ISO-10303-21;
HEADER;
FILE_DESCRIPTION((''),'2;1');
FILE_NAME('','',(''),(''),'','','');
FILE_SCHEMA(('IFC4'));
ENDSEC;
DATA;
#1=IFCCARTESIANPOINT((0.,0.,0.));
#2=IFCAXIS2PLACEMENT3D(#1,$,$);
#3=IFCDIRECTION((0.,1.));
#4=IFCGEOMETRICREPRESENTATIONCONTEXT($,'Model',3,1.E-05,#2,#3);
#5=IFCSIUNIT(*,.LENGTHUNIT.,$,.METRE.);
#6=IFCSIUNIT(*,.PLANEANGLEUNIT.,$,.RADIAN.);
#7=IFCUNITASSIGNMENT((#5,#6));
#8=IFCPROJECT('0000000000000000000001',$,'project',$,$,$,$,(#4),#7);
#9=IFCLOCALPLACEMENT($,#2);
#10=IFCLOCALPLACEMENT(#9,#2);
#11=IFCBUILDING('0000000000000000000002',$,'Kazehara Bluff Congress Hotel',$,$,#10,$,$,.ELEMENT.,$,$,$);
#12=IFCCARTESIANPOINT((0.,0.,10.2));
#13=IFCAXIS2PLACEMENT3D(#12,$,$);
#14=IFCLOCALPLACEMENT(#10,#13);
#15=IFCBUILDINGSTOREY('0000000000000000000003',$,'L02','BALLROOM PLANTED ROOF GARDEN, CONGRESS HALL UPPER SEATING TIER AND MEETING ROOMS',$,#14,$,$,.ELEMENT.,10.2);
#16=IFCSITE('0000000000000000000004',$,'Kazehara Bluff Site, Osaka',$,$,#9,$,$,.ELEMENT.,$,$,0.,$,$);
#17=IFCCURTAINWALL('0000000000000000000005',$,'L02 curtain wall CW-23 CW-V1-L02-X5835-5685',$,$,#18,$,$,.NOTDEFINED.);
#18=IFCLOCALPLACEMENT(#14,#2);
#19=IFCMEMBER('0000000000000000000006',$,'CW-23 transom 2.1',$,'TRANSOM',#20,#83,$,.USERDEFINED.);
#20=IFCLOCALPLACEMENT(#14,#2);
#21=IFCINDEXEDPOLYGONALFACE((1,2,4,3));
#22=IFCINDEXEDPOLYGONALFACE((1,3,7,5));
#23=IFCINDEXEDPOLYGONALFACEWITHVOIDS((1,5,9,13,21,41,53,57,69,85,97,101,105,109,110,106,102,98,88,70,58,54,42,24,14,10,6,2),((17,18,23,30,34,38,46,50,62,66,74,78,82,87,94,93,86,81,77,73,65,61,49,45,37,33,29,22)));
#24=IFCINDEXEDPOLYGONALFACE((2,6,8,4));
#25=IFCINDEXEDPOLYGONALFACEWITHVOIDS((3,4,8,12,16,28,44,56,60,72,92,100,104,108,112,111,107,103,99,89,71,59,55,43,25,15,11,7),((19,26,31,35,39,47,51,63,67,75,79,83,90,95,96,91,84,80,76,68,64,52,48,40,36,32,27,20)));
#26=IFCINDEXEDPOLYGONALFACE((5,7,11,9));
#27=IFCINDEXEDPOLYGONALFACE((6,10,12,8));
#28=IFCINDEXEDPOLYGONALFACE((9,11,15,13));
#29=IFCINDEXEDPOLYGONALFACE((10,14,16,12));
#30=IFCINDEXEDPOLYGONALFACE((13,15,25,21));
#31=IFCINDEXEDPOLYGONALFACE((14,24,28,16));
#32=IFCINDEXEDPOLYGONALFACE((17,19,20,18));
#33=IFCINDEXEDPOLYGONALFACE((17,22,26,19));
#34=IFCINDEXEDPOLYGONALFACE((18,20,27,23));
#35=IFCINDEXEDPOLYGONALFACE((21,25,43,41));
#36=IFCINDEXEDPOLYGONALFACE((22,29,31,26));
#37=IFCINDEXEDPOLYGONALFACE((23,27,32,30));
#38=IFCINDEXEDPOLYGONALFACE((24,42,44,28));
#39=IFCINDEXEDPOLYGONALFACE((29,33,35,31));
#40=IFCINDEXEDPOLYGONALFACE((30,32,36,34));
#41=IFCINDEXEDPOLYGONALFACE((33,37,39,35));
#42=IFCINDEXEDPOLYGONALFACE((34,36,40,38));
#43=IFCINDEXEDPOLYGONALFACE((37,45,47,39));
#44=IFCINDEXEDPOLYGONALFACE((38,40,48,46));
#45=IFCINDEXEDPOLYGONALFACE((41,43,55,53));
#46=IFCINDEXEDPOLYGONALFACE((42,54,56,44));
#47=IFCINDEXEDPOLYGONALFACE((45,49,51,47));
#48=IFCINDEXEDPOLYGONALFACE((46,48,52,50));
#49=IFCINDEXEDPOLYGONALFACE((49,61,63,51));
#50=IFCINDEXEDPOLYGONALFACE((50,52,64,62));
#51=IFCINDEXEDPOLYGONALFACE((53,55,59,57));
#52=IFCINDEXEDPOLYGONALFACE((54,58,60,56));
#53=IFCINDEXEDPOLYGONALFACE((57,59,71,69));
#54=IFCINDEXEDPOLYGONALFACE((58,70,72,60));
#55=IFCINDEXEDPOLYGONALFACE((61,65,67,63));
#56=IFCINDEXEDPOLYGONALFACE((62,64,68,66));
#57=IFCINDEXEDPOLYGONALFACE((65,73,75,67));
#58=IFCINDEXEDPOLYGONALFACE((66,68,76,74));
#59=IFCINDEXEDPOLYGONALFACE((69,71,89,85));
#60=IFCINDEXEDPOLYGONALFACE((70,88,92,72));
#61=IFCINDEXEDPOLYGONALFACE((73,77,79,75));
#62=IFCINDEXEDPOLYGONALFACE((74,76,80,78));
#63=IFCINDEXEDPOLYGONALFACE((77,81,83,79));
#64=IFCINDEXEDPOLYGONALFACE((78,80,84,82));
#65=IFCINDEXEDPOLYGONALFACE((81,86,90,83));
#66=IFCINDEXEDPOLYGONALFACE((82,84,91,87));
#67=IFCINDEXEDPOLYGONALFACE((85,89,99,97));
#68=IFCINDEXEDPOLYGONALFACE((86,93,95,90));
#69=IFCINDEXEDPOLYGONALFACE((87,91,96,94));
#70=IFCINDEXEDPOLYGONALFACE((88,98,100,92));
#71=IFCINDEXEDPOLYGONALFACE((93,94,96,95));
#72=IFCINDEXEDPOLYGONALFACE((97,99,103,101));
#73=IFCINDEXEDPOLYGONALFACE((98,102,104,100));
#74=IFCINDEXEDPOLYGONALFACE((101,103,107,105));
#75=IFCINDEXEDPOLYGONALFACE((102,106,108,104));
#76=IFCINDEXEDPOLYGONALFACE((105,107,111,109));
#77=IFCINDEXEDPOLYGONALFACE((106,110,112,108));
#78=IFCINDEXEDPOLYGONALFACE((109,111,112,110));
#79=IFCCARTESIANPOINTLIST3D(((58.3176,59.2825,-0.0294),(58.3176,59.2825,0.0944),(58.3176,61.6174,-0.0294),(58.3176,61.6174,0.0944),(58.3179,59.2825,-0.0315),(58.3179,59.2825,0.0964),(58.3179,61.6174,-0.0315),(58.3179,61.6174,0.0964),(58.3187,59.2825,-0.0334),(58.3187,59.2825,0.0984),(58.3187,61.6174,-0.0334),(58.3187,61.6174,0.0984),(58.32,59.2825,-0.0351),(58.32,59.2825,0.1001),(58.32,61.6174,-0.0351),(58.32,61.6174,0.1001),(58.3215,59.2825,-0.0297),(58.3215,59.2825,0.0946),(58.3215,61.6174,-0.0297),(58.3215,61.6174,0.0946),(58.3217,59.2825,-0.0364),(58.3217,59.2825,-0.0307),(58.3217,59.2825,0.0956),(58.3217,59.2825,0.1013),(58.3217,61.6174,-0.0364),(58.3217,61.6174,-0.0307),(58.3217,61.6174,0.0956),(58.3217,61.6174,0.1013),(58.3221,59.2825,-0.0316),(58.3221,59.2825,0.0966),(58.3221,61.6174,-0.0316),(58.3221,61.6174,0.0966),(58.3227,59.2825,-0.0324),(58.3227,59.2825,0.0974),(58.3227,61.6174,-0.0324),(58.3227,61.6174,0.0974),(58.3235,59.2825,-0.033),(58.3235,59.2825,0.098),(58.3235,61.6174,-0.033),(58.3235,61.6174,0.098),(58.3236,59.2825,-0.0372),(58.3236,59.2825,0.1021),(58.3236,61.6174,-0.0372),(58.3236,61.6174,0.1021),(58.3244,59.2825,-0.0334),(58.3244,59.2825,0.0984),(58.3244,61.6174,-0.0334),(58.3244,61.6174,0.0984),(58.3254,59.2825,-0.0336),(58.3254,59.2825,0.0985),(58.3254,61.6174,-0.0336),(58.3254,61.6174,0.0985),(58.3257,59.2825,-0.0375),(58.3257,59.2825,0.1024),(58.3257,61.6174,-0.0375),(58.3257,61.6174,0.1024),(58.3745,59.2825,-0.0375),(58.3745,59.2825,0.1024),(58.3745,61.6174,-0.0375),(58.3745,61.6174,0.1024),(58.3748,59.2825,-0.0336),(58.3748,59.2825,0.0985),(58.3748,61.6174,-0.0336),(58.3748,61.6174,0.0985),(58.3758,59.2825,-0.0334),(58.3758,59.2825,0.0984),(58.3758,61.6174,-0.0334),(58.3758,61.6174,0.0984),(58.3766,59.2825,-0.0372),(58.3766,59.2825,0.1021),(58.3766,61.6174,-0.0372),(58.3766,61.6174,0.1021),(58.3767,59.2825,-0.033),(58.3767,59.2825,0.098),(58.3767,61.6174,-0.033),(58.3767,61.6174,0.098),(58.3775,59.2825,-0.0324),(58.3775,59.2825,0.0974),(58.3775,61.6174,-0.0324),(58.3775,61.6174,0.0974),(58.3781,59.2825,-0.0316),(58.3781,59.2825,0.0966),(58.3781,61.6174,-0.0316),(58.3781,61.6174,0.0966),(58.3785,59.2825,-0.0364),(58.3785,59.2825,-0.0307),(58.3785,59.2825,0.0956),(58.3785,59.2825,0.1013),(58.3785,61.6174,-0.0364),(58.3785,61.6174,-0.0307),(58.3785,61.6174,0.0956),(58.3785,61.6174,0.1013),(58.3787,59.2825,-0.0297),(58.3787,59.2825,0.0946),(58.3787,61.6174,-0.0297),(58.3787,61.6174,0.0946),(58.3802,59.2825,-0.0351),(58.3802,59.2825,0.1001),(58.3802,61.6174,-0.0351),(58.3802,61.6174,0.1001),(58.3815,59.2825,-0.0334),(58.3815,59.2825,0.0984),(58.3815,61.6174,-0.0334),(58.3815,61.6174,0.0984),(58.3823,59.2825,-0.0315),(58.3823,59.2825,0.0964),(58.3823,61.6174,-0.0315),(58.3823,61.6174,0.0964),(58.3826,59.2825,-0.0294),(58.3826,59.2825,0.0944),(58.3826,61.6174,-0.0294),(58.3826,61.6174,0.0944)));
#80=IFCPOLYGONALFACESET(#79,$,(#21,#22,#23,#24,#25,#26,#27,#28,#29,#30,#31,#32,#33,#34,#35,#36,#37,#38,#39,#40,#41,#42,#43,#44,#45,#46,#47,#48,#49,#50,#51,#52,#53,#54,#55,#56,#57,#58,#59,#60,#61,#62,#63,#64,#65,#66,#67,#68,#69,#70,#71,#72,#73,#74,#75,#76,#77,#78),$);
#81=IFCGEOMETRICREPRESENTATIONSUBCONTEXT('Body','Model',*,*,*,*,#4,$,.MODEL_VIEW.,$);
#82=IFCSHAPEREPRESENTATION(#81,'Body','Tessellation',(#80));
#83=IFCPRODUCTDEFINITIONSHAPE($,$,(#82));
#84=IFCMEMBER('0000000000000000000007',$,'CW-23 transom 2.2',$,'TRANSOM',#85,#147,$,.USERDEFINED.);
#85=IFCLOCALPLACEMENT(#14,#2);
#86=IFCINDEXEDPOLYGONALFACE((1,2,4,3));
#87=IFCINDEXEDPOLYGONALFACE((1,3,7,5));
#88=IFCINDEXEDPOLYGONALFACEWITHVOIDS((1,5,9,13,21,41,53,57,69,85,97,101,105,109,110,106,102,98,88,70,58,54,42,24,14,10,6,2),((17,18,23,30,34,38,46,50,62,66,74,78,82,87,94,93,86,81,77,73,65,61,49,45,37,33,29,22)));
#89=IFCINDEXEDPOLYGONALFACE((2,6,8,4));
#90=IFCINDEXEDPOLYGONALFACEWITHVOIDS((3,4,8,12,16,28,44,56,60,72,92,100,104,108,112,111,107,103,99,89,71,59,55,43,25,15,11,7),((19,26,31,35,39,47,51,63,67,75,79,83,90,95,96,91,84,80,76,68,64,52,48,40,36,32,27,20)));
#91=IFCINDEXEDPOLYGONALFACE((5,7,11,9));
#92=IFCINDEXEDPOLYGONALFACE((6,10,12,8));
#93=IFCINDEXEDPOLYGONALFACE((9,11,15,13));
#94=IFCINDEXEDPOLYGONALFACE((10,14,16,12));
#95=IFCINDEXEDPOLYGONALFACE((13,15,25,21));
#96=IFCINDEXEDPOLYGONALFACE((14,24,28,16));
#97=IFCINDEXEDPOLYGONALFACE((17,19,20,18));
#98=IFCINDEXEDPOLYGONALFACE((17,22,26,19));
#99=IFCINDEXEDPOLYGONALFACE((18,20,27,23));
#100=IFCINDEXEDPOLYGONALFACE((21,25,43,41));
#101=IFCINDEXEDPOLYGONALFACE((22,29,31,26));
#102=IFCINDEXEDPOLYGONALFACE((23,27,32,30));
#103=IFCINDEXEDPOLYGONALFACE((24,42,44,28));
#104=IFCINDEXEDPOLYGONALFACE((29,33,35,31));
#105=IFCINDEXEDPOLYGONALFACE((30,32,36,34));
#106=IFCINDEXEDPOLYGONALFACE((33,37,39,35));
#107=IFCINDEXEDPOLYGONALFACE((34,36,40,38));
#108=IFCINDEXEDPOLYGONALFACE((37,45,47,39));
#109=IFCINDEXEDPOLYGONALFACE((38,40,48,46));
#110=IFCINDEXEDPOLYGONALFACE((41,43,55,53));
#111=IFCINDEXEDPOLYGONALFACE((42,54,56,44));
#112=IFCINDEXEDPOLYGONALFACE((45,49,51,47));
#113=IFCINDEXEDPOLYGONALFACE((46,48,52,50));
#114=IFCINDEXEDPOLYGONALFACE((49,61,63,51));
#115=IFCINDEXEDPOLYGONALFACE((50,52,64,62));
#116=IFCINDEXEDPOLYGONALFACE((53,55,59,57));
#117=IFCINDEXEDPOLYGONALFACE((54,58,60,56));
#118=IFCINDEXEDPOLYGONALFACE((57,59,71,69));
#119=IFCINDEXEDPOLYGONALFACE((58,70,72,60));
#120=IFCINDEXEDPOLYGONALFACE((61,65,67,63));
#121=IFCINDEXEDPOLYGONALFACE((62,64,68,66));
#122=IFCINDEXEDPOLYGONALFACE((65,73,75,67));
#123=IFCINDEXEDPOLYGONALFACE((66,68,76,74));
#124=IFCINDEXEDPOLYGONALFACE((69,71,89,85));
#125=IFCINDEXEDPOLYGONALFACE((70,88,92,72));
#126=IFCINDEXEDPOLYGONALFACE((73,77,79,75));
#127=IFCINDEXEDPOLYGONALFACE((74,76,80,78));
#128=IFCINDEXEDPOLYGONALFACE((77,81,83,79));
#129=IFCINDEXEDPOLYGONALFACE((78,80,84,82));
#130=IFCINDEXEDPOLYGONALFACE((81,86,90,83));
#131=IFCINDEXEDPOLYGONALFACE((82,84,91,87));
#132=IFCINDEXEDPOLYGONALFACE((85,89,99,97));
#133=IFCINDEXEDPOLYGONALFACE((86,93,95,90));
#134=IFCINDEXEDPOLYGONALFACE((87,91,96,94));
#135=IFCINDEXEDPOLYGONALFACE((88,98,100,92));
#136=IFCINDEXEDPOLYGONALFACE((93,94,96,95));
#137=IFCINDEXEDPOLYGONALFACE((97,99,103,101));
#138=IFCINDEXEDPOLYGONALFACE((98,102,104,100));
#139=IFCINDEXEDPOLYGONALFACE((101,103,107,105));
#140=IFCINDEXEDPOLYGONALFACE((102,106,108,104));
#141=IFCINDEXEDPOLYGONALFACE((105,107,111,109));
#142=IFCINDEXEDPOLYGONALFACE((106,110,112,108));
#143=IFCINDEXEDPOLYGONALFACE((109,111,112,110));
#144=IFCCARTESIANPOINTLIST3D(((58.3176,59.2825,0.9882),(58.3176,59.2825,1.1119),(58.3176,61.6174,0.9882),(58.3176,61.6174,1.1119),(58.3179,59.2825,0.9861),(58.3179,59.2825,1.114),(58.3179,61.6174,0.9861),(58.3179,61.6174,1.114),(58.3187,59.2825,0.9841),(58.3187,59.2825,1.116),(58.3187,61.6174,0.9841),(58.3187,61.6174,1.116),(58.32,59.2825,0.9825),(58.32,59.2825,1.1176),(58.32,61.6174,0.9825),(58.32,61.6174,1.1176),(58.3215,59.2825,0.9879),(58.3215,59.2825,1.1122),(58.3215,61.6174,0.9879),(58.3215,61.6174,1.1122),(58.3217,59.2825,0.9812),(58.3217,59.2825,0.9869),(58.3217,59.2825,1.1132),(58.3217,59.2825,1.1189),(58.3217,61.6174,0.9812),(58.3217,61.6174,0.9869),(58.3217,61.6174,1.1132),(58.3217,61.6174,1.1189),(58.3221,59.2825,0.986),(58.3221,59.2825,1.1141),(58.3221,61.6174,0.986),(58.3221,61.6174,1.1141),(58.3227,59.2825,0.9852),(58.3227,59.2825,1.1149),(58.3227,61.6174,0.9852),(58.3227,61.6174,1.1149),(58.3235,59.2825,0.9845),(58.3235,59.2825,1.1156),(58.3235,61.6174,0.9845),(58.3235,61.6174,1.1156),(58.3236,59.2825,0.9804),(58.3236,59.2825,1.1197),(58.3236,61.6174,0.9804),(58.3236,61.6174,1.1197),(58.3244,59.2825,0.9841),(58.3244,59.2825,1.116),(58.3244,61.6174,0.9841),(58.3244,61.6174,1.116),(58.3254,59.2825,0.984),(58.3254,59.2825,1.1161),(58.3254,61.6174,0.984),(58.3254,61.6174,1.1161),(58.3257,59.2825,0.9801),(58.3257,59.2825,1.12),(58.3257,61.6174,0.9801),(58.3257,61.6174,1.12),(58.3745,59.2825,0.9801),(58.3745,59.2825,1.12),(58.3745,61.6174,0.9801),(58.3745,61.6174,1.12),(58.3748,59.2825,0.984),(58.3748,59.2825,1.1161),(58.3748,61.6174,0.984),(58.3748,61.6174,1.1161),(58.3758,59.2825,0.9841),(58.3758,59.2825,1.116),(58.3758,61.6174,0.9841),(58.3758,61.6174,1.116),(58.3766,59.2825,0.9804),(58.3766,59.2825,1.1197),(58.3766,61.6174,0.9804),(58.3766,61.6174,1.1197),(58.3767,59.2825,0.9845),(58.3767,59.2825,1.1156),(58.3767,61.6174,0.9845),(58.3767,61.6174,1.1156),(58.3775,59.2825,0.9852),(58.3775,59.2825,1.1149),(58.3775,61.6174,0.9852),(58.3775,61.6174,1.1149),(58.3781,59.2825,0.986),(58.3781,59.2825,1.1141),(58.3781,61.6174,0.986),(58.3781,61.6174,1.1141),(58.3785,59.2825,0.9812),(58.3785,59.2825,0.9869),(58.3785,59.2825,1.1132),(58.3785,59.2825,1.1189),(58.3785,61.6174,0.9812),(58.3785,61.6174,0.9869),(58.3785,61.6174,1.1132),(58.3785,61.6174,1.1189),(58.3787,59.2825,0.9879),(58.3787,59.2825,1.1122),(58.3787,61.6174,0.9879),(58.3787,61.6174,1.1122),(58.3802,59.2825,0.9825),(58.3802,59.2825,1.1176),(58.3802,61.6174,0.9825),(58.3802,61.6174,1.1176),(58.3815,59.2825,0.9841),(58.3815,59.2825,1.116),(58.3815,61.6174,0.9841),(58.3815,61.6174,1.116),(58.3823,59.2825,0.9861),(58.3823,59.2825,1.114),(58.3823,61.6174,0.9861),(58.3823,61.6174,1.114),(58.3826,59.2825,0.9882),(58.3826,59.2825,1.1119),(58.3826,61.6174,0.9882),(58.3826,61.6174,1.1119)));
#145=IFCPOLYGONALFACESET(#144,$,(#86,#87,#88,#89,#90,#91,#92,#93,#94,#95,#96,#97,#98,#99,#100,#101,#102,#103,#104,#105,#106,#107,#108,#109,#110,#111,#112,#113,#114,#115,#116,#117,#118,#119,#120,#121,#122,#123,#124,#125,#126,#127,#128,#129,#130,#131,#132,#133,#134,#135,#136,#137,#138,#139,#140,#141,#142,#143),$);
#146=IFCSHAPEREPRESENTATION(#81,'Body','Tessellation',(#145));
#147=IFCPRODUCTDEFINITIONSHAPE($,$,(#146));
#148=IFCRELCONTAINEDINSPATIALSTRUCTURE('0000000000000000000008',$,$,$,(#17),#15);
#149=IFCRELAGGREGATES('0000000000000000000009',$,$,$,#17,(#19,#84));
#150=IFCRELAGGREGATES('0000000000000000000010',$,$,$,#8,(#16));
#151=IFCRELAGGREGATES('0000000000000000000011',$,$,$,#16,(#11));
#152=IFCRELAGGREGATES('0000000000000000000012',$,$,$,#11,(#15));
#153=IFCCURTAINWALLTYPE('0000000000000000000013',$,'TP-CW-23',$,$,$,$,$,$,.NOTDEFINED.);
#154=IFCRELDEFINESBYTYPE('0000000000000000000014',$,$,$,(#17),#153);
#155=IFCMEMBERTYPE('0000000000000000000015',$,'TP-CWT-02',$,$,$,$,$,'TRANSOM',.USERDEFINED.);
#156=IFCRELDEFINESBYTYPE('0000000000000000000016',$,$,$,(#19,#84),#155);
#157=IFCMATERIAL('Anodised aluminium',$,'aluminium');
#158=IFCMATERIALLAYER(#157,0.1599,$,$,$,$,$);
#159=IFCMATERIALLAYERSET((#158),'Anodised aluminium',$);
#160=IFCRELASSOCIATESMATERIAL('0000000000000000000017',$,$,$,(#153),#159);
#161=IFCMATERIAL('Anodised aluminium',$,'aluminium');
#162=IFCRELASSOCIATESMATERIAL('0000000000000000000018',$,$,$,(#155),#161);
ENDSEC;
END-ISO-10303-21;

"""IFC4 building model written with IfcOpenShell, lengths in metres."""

from ifc_helpers import new_model, si_unit, direction, frame, origin, origin_2d, place, context, subcontext, project, spatial, hollow_rectangle, extrude, material, layer, layer_set, material_profile, profile_set, type_object, element, aggregate, save


model = new_model("IFC4")

# Units and contexts
model_context = context("Model", 3, precision=1e-05, world=origin(), true_north=direction((0.0, 1.0)))
body_context = subcontext(model_context, "Body", "Model", "MODEL_VIEW")
ifc_project = project(units=[si_unit("LENGTHUNIT", "METRE"), si_unit("PLANEANGLEUNIT", "RADIAN")], contexts=[model_context])

# Site, building, storey
site_placement = place(None, origin())
site = spatial("IfcSite", under=ifc_project, at=site_placement, Name="Kazehara Bluff Site, Osaka", CompositionType="ELEMENT", RefElevation=0.0)
building_placement = place(site_placement, origin())
building = spatial("IfcBuilding", under=site, at=building_placement, Name="Kazehara Bluff Congress Hotel", CompositionType="ELEMENT")
storey_placement = place(building_placement, frame((0.0, 0.0, 10.2)))
storey = spatial("IfcBuildingStorey", under=building, at=storey_placement, Name="L02", Description="BALLROOM PLANTED ROOF GARDEN, CONGRESS HALL UPPER SEATING TIER AND MEETING ROOMS", CompositionType="ELEMENT", Elevation=10.2)

# Curtain wall, members
ifc_material_1 = material(Name="Anodised aluminium", Category="aluminium")
ifc_layer_1 = layer(ifc_material_1, 0.1599)
ifc_layer_set_1 = layer_set([ifc_layer_1], Name="Anodised aluminium")
curtain_wall_type = type_object("IfcCurtainWallType", Name="TP-CW-23", PredefinedType="NOTDEFINED", material=ifc_layer_set_1)
curtain_wall_placement = place(storey_placement, origin())
curtain_wall = element("IfcCurtainWall", 1, at=curtain_wall_placement, inside=storey, type_object=curtain_wall_type, Name="L02 curtain wall CW-23 CW-V1-L02-X5835-5685", PredefinedType="NOTDEFINED")
ifc_material_2 = material(Name="Anodised aluminium", Category="aluminium")
ifc_material_profile_1 = material_profile(ifc_material_2, hollow_rectangle(XDim=0.0649, YDim=0.1399, WallThickness=0.0039, InnerFilletRadius=0.0039, OuterFilletRadius=0.0081, at=origin_2d()))
ifc_profile_set_1 = profile_set([ifc_material_profile_1], Name="Anodised aluminium")
member_type_1 = type_object("IfcMemberType", Name="TP-CWT-02", ElementType="TRANSOM", PredefinedType="USERDEFINED", material=ifc_profile_set_1)
member_1_placement = place(storey_placement, frame((58.3501, 59.2825, 0.0325), z_axis=(0.0, 1.0, 0.0), x_axis=(-1.0, 0.0, 0.0)))
member_1 = element("IfcMember", 2, at=member_1_placement, type_object=member_type_1, Name="CW-23 transom 2.1", ObjectType="TRANSOM", PredefinedType="USERDEFINED", context=body_context, shape_type="SweptSolid", body=[
    extrude(hollow_rectangle(XDim=0.0649, YDim=0.1399, WallThickness=0.0039, InnerFilletRadius=0.0039, OuterFilletRadius=0.0081, at=origin_2d()), origin(), (0.0, 0.0, 1.0), 2.335),
])
member_2_placement = place(storey_placement, frame((58.3501, 59.2825, 1.05), z_axis=(0.0, 1.0, 0.0), x_axis=(-1.0, 0.0, 0.0)))
member_2 = element("IfcMember", 3, at=member_2_placement, type_object=member_type_1, Name="CW-23 transom 2.2", ObjectType="TRANSOM", PredefinedType="USERDEFINED", context=body_context, shape_type="SweptSolid", body=[
    extrude(hollow_rectangle(XDim=0.0649, YDim=0.1399, WallThickness=0.0039, InnerFilletRadius=0.0039, OuterFilletRadius=0.0081, at=origin_2d()), origin(), (0.0, 0.0, 1.0), 2.335),
])

aggregate(curtain_wall, [member_1, member_2])

save(model, "model.ifc")
